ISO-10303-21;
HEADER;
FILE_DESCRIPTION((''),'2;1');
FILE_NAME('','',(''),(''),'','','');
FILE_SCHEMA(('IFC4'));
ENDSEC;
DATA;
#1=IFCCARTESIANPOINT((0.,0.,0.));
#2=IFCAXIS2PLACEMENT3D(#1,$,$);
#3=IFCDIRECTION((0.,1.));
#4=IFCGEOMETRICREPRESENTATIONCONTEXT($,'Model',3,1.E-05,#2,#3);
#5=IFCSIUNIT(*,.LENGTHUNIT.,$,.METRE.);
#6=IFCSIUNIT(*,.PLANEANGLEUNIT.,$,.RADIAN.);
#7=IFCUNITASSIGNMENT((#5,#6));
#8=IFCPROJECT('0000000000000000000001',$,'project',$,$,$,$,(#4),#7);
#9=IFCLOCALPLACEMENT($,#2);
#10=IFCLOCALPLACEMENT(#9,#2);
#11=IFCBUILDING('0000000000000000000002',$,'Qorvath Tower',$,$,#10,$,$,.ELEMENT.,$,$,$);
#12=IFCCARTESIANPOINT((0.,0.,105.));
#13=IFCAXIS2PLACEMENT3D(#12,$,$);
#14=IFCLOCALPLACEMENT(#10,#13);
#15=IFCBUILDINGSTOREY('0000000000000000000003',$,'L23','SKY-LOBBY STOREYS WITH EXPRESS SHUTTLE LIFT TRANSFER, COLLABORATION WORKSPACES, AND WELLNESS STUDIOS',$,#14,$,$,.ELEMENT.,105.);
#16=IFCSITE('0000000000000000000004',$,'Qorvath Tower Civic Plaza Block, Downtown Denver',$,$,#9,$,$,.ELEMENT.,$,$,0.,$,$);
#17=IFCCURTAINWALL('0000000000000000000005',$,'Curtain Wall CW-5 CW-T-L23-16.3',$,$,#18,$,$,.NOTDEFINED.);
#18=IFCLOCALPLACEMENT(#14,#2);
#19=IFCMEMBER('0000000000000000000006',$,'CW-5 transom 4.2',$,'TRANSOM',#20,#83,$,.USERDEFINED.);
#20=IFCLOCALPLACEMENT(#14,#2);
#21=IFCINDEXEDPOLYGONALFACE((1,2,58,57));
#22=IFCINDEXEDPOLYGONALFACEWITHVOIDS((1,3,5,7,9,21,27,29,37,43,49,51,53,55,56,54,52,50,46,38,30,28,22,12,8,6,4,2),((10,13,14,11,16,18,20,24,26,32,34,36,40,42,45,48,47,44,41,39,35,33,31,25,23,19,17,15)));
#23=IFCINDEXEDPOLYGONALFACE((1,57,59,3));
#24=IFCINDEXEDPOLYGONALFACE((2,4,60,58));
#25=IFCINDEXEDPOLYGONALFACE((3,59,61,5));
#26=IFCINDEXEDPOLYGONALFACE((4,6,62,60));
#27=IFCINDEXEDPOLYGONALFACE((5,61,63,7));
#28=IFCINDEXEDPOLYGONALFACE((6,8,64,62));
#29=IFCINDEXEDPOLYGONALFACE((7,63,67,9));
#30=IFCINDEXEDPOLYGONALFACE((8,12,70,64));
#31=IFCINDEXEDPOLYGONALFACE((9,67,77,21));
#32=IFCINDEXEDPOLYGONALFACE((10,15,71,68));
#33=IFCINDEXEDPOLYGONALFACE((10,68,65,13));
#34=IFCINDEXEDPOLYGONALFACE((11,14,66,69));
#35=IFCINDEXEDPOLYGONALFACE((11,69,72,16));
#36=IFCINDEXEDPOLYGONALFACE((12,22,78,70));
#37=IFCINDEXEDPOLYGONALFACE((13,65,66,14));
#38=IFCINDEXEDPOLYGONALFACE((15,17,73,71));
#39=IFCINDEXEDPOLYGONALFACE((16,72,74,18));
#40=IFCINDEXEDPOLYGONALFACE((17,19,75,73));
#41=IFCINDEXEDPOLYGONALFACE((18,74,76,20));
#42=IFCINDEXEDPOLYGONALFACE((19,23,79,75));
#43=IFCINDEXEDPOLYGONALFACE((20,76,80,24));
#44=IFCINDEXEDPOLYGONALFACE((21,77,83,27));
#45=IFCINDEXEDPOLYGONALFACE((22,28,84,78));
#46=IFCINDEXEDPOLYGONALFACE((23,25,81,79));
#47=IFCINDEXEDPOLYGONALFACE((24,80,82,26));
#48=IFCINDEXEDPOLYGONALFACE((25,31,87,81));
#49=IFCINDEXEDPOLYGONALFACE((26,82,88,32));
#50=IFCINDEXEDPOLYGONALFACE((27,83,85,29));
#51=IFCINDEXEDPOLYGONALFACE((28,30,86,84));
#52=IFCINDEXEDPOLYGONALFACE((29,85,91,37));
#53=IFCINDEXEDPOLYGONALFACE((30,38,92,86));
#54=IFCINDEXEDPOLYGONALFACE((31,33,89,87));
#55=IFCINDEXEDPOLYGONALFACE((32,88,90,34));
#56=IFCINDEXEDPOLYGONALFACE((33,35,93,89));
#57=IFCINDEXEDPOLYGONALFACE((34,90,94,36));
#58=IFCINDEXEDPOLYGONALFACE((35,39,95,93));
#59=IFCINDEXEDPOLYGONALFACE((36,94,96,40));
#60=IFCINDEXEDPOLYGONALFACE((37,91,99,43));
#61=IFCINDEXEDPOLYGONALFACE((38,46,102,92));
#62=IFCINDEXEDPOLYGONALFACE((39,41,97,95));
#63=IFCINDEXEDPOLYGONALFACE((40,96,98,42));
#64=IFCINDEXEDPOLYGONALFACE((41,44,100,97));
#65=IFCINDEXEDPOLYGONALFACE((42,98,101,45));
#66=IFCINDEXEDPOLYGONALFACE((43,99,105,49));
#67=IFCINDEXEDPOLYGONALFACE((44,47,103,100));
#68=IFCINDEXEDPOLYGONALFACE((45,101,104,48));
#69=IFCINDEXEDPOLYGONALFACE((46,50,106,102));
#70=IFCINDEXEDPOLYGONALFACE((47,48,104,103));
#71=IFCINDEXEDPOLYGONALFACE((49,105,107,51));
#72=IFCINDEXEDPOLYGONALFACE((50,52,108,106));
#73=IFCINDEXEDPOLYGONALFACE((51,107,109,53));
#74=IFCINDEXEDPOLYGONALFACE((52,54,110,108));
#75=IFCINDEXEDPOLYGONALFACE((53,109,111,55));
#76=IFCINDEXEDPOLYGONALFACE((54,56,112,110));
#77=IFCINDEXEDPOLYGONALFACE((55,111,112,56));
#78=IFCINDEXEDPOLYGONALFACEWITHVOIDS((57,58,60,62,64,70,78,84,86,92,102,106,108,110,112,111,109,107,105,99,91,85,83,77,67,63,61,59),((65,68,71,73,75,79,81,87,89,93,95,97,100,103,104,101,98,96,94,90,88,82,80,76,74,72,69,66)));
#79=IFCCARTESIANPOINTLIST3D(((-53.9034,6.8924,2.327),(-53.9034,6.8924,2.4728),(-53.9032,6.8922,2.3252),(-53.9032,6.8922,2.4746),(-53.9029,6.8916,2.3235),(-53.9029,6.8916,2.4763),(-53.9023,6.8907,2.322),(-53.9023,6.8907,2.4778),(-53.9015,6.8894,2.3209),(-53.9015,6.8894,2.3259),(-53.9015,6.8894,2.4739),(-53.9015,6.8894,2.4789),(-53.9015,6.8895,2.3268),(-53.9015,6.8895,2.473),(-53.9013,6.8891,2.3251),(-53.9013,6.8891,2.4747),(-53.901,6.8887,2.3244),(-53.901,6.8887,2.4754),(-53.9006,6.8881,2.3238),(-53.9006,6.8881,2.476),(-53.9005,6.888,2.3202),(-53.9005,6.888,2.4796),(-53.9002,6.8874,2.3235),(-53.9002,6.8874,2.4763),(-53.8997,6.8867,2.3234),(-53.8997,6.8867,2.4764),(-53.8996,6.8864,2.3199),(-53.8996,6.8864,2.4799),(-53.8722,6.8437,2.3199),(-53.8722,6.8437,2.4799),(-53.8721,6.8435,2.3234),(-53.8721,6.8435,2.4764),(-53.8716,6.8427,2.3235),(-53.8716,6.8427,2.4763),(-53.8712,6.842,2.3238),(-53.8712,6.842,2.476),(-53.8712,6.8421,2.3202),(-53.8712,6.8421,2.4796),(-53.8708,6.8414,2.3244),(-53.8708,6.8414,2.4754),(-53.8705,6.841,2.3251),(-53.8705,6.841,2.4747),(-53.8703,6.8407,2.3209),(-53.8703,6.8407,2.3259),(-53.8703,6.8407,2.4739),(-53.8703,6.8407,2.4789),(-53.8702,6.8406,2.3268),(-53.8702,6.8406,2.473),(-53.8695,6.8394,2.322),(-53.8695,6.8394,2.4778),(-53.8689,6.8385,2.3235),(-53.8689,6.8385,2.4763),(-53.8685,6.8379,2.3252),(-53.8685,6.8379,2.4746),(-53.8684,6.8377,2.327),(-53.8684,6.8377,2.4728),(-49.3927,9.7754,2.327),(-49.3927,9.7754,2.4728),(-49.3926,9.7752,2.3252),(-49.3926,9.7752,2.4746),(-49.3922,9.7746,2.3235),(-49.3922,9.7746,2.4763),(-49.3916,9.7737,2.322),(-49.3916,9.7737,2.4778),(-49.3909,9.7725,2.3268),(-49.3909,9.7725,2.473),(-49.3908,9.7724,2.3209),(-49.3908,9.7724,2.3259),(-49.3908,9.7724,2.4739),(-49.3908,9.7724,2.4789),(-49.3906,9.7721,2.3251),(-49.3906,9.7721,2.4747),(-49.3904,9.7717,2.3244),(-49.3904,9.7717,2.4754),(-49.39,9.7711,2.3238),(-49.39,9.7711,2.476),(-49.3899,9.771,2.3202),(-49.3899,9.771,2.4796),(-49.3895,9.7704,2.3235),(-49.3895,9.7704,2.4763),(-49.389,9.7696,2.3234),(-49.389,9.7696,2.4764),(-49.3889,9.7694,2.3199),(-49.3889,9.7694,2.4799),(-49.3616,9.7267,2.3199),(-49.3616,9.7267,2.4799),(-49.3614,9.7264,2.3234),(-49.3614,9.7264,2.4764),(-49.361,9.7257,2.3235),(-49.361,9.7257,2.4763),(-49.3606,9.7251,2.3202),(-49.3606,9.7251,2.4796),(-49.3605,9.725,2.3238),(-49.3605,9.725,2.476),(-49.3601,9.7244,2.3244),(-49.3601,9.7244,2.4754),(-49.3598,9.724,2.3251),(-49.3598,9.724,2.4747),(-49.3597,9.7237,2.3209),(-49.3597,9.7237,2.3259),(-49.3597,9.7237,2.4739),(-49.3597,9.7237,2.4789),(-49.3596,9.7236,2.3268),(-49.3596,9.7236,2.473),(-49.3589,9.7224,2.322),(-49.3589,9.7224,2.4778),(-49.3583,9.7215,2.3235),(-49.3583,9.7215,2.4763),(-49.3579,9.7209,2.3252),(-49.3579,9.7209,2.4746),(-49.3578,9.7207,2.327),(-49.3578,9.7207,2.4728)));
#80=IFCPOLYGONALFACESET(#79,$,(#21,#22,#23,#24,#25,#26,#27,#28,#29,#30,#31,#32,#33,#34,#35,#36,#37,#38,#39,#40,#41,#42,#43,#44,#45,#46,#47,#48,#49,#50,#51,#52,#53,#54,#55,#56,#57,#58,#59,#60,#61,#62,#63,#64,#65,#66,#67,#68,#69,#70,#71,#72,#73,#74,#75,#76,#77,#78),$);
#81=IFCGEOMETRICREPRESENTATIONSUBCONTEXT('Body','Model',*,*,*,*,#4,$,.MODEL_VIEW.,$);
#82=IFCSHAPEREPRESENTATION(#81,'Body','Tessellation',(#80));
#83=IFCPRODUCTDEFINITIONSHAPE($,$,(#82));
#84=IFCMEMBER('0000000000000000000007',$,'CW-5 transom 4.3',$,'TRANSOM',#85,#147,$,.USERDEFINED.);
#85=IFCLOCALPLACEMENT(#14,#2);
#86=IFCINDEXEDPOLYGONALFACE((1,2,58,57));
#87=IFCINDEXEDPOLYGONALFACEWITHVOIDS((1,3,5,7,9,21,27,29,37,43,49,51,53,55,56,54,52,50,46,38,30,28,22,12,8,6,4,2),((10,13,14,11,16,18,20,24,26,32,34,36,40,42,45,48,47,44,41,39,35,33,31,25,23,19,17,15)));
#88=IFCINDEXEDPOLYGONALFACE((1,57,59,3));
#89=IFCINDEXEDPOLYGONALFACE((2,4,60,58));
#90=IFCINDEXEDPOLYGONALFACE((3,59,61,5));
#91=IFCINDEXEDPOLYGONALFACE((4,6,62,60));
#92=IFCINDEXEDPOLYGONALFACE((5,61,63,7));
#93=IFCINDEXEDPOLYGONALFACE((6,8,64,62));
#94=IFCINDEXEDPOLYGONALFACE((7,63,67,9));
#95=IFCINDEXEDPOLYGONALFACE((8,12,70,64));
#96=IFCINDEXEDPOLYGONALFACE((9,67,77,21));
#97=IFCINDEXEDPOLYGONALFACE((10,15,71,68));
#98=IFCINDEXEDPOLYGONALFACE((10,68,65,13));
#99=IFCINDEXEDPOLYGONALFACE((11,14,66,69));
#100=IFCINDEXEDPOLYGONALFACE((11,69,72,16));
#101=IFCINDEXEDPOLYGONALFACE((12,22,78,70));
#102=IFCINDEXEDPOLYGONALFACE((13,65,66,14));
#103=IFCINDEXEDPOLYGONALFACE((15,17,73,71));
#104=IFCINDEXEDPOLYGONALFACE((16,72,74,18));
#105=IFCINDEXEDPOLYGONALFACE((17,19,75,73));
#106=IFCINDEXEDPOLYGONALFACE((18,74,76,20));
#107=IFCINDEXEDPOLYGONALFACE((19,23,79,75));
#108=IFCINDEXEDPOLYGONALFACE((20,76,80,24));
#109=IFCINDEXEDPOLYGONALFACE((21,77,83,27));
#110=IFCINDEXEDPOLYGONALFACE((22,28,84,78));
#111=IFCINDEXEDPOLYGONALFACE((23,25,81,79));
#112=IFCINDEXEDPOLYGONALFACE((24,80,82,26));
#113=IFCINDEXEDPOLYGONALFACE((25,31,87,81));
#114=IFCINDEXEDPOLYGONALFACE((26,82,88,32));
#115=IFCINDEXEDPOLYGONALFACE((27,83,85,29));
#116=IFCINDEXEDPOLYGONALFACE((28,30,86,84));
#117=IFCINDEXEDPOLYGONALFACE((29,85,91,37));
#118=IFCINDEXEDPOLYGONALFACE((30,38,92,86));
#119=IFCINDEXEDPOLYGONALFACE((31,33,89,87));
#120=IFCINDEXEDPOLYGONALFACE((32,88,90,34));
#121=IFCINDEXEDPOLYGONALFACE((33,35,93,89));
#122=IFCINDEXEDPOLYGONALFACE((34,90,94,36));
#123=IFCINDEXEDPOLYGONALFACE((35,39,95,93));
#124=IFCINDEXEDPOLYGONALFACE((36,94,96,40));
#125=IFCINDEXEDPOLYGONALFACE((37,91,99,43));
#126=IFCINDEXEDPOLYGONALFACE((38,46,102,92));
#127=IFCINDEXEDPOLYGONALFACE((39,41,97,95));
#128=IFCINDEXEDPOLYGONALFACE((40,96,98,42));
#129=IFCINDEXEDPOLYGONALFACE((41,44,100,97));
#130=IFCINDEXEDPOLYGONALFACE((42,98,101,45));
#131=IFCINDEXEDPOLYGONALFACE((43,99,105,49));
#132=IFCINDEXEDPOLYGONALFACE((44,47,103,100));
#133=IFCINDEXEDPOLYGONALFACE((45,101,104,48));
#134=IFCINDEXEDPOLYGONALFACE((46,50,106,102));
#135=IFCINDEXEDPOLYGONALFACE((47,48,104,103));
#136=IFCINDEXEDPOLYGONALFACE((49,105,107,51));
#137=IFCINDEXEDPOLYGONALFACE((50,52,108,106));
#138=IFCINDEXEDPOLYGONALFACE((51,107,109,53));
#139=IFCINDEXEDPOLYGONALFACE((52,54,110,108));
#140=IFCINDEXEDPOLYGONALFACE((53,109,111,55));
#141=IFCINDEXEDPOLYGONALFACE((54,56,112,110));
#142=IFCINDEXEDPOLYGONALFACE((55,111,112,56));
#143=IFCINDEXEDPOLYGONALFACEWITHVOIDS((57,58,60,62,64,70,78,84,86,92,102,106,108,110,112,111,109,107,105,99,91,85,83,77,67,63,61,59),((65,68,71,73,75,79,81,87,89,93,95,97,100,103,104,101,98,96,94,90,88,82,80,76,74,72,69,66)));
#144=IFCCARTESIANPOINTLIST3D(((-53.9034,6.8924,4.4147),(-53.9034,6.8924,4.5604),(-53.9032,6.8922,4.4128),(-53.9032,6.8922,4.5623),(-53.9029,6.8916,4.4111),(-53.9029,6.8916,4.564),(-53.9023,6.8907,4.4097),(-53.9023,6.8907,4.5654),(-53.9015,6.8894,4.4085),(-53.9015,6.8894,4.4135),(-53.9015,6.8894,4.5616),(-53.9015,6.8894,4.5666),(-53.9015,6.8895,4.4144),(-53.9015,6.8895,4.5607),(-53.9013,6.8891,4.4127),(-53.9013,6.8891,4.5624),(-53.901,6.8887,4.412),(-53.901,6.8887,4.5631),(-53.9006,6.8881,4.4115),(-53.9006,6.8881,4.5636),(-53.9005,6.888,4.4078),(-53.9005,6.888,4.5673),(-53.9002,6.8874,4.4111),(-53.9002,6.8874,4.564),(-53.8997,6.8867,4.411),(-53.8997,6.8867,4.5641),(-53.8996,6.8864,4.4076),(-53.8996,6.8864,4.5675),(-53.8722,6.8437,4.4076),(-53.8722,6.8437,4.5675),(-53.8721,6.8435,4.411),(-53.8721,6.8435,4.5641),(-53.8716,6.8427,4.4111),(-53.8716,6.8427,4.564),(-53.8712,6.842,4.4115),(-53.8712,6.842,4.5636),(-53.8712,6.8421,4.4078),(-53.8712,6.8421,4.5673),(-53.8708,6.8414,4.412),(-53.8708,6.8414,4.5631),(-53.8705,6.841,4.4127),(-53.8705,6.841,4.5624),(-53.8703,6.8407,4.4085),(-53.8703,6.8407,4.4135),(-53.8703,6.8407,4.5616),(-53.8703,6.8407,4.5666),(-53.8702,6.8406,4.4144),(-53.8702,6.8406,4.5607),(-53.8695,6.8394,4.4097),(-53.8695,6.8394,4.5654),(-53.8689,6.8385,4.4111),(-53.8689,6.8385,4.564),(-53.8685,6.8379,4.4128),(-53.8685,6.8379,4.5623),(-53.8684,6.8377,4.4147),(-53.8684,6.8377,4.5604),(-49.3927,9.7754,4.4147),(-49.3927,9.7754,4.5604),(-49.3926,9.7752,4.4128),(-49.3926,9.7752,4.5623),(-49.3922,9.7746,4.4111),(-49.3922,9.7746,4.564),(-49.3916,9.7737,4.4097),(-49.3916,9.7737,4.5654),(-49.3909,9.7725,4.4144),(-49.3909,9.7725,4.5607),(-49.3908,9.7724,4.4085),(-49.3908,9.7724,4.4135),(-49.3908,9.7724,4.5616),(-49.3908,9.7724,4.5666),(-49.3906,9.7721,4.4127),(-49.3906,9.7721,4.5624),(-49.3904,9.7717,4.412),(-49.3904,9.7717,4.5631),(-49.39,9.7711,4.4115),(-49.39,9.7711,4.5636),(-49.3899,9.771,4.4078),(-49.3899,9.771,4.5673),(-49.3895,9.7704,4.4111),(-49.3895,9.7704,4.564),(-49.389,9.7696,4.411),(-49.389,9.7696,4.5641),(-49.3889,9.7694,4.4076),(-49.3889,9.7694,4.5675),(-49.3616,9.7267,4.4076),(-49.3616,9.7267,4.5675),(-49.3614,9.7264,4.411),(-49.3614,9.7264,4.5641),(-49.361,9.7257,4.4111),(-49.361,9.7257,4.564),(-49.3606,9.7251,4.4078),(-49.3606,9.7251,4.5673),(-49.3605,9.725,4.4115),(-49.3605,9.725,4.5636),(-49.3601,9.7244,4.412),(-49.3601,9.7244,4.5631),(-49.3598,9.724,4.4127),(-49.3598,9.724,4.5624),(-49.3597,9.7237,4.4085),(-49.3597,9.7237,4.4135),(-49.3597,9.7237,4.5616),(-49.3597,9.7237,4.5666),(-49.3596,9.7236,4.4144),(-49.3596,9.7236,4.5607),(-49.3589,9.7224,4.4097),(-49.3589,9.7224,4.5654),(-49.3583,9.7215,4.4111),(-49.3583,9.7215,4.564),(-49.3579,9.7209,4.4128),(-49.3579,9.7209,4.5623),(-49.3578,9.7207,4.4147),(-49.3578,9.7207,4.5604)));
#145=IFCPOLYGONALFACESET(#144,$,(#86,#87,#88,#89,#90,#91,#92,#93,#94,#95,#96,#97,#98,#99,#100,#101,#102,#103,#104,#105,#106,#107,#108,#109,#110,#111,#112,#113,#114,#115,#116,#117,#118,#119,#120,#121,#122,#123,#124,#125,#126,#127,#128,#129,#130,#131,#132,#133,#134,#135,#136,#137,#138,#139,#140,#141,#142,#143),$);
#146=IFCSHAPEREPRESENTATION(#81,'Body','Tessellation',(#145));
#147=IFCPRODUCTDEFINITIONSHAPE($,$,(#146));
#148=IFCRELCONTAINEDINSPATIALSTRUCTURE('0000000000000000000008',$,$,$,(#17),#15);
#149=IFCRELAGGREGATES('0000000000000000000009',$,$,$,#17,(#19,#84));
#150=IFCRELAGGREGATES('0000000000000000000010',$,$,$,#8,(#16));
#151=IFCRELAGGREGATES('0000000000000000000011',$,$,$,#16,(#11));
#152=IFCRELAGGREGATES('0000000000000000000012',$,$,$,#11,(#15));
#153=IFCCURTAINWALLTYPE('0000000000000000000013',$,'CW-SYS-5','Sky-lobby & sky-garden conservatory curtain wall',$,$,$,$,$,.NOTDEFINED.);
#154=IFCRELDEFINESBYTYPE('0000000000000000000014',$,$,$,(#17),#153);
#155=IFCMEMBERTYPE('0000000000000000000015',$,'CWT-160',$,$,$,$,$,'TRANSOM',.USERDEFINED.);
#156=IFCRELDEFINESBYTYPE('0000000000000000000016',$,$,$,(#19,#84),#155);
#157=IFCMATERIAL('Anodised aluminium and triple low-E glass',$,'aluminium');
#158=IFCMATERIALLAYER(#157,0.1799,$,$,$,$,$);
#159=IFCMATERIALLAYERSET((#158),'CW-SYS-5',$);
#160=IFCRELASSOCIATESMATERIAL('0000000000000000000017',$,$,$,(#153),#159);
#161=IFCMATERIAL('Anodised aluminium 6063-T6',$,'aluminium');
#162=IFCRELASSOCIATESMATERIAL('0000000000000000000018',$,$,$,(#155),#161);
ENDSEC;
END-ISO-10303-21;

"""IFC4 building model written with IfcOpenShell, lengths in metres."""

from ifc_helpers import new_model, si_unit, direction, frame, origin, origin_2d, place, context, subcontext, project, spatial, hollow_rectangle, extrude, material, layer, layer_set, material_profile, profile_set, type_object, element, aggregate, save


model = new_model("IFC4")

# Units and contexts
model_context = context("Model", 3, precision=1e-05, world=origin(), true_north=direction((0.0, 1.0)))
body_context = subcontext(model_context, "Body", "Model", "MODEL_VIEW")
ifc_project = project(units=[si_unit("LENGTHUNIT", "METRE"), si_unit("PLANEANGLEUNIT", "RADIAN")], contexts=[model_context])

# Site, building, storey
site_placement = place(None, origin())
site = spatial("IfcSite", under=ifc_project, at=site_placement, Name="Qorvath Tower Civic Plaza Block, Downtown Denver", CompositionType="ELEMENT", RefElevation=0.0)
building_placement = place(site_placement, origin())
building = spatial("IfcBuilding", under=site, at=building_placement, Name="Qorvath Tower", CompositionType="ELEMENT")
storey_placement = place(building_placement, frame((0.0, 0.0, 105.0)))
storey = spatial("IfcBuildingStorey", under=building, at=storey_placement, Name="L23", Description="SKY-LOBBY STOREYS WITH EXPRESS SHUTTLE LIFT TRANSFER, COLLABORATION WORKSPACES, AND WELLNESS STUDIOS", CompositionType="ELEMENT", Elevation=105.0)

# Curtain wall, members
ifc_material_1 = material(Name="Anodised aluminium and triple low-E glass", Category="aluminium")
ifc_layer_1 = layer(ifc_material_1, 0.1799)
ifc_layer_set_1 = layer_set([ifc_layer_1], Name="CW-SYS-5")
curtain_wall_type = type_object("IfcCurtainWallType", Name="CW-SYS-5", Description="Sky-lobby & sky-garden conservatory curtain wall", PredefinedType="NOTDEFINED", material=ifc_layer_set_1)
curtain_wall_placement = place(storey_placement, origin())
curtain_wall = element("IfcCurtainWall", 1, at=curtain_wall_placement, inside=storey, type_object=curtain_wall_type, Name="Curtain Wall CW-5 CW-T-L23-16.3", PredefinedType="NOTDEFINED")
ifc_material_2 = material(Name="Anodised aluminium 6063-T6", Category="aluminium")
ifc_material_profile_1 = material_profile(ifc_material_2, hollow_rectangle(XDim=0.0649, YDim=0.1599, WallThickness=0.0034, InnerFilletRadius=0.0034, OuterFilletRadius=0.0071, at=origin_2d()), Name="CWT 160x65")
ifc_profile_set_1 = profile_set([ifc_material_profile_1], Name="Anodised aluminium 6063-T6")
member_type_1 = type_object("IfcMemberType", Name="CWT-160", ElementType="TRANSOM", PredefinedType="USERDEFINED", material=ifc_profile_set_1)
member_1_placement = place(storey_placement, frame((-49.3752, 9.748, 2.3999), z_axis=(-0.842595, -0.538548, 0.0), x_axis=(0.538548, -0.842595, 0.0)))
member_1 = element("IfcMember", 2, at=member_1_placement, type_object=member_type_1, Name="CW-5 transom 4.2", ObjectType="TRANSOM", PredefinedType="USERDEFINED", context=body_context, shape_type="SweptSolid", body=[
    extrude(hollow_rectangle(XDim=0.0649, YDim=0.1599, WallThickness=0.0034, InnerFilletRadius=0.0034, OuterFilletRadius=0.0071, at=origin_2d()), origin(), (0.0, 0.0, 1.0), 5.3533),
])
member_2_placement = place(storey_placement, frame((-49.3752, 9.748, 4.4875), z_axis=(-0.842595, -0.538548, 0.0), x_axis=(0.538548, -0.842595, 0.0)))
member_2 = element("IfcMember", 3, at=member_2_placement, type_object=member_type_1, Name="CW-5 transom 4.3", ObjectType="TRANSOM", PredefinedType="USERDEFINED", context=body_context, shape_type="SweptSolid", body=[
    extrude(hollow_rectangle(XDim=0.0649, YDim=0.1599, WallThickness=0.0034, InnerFilletRadius=0.0034, OuterFilletRadius=0.0071, at=origin_2d()), origin(), (0.0, 0.0, 1.0), 5.3533),
])
aggregate(curtain_wall, [member_1, member_2])

save(model, "model.ifc")
